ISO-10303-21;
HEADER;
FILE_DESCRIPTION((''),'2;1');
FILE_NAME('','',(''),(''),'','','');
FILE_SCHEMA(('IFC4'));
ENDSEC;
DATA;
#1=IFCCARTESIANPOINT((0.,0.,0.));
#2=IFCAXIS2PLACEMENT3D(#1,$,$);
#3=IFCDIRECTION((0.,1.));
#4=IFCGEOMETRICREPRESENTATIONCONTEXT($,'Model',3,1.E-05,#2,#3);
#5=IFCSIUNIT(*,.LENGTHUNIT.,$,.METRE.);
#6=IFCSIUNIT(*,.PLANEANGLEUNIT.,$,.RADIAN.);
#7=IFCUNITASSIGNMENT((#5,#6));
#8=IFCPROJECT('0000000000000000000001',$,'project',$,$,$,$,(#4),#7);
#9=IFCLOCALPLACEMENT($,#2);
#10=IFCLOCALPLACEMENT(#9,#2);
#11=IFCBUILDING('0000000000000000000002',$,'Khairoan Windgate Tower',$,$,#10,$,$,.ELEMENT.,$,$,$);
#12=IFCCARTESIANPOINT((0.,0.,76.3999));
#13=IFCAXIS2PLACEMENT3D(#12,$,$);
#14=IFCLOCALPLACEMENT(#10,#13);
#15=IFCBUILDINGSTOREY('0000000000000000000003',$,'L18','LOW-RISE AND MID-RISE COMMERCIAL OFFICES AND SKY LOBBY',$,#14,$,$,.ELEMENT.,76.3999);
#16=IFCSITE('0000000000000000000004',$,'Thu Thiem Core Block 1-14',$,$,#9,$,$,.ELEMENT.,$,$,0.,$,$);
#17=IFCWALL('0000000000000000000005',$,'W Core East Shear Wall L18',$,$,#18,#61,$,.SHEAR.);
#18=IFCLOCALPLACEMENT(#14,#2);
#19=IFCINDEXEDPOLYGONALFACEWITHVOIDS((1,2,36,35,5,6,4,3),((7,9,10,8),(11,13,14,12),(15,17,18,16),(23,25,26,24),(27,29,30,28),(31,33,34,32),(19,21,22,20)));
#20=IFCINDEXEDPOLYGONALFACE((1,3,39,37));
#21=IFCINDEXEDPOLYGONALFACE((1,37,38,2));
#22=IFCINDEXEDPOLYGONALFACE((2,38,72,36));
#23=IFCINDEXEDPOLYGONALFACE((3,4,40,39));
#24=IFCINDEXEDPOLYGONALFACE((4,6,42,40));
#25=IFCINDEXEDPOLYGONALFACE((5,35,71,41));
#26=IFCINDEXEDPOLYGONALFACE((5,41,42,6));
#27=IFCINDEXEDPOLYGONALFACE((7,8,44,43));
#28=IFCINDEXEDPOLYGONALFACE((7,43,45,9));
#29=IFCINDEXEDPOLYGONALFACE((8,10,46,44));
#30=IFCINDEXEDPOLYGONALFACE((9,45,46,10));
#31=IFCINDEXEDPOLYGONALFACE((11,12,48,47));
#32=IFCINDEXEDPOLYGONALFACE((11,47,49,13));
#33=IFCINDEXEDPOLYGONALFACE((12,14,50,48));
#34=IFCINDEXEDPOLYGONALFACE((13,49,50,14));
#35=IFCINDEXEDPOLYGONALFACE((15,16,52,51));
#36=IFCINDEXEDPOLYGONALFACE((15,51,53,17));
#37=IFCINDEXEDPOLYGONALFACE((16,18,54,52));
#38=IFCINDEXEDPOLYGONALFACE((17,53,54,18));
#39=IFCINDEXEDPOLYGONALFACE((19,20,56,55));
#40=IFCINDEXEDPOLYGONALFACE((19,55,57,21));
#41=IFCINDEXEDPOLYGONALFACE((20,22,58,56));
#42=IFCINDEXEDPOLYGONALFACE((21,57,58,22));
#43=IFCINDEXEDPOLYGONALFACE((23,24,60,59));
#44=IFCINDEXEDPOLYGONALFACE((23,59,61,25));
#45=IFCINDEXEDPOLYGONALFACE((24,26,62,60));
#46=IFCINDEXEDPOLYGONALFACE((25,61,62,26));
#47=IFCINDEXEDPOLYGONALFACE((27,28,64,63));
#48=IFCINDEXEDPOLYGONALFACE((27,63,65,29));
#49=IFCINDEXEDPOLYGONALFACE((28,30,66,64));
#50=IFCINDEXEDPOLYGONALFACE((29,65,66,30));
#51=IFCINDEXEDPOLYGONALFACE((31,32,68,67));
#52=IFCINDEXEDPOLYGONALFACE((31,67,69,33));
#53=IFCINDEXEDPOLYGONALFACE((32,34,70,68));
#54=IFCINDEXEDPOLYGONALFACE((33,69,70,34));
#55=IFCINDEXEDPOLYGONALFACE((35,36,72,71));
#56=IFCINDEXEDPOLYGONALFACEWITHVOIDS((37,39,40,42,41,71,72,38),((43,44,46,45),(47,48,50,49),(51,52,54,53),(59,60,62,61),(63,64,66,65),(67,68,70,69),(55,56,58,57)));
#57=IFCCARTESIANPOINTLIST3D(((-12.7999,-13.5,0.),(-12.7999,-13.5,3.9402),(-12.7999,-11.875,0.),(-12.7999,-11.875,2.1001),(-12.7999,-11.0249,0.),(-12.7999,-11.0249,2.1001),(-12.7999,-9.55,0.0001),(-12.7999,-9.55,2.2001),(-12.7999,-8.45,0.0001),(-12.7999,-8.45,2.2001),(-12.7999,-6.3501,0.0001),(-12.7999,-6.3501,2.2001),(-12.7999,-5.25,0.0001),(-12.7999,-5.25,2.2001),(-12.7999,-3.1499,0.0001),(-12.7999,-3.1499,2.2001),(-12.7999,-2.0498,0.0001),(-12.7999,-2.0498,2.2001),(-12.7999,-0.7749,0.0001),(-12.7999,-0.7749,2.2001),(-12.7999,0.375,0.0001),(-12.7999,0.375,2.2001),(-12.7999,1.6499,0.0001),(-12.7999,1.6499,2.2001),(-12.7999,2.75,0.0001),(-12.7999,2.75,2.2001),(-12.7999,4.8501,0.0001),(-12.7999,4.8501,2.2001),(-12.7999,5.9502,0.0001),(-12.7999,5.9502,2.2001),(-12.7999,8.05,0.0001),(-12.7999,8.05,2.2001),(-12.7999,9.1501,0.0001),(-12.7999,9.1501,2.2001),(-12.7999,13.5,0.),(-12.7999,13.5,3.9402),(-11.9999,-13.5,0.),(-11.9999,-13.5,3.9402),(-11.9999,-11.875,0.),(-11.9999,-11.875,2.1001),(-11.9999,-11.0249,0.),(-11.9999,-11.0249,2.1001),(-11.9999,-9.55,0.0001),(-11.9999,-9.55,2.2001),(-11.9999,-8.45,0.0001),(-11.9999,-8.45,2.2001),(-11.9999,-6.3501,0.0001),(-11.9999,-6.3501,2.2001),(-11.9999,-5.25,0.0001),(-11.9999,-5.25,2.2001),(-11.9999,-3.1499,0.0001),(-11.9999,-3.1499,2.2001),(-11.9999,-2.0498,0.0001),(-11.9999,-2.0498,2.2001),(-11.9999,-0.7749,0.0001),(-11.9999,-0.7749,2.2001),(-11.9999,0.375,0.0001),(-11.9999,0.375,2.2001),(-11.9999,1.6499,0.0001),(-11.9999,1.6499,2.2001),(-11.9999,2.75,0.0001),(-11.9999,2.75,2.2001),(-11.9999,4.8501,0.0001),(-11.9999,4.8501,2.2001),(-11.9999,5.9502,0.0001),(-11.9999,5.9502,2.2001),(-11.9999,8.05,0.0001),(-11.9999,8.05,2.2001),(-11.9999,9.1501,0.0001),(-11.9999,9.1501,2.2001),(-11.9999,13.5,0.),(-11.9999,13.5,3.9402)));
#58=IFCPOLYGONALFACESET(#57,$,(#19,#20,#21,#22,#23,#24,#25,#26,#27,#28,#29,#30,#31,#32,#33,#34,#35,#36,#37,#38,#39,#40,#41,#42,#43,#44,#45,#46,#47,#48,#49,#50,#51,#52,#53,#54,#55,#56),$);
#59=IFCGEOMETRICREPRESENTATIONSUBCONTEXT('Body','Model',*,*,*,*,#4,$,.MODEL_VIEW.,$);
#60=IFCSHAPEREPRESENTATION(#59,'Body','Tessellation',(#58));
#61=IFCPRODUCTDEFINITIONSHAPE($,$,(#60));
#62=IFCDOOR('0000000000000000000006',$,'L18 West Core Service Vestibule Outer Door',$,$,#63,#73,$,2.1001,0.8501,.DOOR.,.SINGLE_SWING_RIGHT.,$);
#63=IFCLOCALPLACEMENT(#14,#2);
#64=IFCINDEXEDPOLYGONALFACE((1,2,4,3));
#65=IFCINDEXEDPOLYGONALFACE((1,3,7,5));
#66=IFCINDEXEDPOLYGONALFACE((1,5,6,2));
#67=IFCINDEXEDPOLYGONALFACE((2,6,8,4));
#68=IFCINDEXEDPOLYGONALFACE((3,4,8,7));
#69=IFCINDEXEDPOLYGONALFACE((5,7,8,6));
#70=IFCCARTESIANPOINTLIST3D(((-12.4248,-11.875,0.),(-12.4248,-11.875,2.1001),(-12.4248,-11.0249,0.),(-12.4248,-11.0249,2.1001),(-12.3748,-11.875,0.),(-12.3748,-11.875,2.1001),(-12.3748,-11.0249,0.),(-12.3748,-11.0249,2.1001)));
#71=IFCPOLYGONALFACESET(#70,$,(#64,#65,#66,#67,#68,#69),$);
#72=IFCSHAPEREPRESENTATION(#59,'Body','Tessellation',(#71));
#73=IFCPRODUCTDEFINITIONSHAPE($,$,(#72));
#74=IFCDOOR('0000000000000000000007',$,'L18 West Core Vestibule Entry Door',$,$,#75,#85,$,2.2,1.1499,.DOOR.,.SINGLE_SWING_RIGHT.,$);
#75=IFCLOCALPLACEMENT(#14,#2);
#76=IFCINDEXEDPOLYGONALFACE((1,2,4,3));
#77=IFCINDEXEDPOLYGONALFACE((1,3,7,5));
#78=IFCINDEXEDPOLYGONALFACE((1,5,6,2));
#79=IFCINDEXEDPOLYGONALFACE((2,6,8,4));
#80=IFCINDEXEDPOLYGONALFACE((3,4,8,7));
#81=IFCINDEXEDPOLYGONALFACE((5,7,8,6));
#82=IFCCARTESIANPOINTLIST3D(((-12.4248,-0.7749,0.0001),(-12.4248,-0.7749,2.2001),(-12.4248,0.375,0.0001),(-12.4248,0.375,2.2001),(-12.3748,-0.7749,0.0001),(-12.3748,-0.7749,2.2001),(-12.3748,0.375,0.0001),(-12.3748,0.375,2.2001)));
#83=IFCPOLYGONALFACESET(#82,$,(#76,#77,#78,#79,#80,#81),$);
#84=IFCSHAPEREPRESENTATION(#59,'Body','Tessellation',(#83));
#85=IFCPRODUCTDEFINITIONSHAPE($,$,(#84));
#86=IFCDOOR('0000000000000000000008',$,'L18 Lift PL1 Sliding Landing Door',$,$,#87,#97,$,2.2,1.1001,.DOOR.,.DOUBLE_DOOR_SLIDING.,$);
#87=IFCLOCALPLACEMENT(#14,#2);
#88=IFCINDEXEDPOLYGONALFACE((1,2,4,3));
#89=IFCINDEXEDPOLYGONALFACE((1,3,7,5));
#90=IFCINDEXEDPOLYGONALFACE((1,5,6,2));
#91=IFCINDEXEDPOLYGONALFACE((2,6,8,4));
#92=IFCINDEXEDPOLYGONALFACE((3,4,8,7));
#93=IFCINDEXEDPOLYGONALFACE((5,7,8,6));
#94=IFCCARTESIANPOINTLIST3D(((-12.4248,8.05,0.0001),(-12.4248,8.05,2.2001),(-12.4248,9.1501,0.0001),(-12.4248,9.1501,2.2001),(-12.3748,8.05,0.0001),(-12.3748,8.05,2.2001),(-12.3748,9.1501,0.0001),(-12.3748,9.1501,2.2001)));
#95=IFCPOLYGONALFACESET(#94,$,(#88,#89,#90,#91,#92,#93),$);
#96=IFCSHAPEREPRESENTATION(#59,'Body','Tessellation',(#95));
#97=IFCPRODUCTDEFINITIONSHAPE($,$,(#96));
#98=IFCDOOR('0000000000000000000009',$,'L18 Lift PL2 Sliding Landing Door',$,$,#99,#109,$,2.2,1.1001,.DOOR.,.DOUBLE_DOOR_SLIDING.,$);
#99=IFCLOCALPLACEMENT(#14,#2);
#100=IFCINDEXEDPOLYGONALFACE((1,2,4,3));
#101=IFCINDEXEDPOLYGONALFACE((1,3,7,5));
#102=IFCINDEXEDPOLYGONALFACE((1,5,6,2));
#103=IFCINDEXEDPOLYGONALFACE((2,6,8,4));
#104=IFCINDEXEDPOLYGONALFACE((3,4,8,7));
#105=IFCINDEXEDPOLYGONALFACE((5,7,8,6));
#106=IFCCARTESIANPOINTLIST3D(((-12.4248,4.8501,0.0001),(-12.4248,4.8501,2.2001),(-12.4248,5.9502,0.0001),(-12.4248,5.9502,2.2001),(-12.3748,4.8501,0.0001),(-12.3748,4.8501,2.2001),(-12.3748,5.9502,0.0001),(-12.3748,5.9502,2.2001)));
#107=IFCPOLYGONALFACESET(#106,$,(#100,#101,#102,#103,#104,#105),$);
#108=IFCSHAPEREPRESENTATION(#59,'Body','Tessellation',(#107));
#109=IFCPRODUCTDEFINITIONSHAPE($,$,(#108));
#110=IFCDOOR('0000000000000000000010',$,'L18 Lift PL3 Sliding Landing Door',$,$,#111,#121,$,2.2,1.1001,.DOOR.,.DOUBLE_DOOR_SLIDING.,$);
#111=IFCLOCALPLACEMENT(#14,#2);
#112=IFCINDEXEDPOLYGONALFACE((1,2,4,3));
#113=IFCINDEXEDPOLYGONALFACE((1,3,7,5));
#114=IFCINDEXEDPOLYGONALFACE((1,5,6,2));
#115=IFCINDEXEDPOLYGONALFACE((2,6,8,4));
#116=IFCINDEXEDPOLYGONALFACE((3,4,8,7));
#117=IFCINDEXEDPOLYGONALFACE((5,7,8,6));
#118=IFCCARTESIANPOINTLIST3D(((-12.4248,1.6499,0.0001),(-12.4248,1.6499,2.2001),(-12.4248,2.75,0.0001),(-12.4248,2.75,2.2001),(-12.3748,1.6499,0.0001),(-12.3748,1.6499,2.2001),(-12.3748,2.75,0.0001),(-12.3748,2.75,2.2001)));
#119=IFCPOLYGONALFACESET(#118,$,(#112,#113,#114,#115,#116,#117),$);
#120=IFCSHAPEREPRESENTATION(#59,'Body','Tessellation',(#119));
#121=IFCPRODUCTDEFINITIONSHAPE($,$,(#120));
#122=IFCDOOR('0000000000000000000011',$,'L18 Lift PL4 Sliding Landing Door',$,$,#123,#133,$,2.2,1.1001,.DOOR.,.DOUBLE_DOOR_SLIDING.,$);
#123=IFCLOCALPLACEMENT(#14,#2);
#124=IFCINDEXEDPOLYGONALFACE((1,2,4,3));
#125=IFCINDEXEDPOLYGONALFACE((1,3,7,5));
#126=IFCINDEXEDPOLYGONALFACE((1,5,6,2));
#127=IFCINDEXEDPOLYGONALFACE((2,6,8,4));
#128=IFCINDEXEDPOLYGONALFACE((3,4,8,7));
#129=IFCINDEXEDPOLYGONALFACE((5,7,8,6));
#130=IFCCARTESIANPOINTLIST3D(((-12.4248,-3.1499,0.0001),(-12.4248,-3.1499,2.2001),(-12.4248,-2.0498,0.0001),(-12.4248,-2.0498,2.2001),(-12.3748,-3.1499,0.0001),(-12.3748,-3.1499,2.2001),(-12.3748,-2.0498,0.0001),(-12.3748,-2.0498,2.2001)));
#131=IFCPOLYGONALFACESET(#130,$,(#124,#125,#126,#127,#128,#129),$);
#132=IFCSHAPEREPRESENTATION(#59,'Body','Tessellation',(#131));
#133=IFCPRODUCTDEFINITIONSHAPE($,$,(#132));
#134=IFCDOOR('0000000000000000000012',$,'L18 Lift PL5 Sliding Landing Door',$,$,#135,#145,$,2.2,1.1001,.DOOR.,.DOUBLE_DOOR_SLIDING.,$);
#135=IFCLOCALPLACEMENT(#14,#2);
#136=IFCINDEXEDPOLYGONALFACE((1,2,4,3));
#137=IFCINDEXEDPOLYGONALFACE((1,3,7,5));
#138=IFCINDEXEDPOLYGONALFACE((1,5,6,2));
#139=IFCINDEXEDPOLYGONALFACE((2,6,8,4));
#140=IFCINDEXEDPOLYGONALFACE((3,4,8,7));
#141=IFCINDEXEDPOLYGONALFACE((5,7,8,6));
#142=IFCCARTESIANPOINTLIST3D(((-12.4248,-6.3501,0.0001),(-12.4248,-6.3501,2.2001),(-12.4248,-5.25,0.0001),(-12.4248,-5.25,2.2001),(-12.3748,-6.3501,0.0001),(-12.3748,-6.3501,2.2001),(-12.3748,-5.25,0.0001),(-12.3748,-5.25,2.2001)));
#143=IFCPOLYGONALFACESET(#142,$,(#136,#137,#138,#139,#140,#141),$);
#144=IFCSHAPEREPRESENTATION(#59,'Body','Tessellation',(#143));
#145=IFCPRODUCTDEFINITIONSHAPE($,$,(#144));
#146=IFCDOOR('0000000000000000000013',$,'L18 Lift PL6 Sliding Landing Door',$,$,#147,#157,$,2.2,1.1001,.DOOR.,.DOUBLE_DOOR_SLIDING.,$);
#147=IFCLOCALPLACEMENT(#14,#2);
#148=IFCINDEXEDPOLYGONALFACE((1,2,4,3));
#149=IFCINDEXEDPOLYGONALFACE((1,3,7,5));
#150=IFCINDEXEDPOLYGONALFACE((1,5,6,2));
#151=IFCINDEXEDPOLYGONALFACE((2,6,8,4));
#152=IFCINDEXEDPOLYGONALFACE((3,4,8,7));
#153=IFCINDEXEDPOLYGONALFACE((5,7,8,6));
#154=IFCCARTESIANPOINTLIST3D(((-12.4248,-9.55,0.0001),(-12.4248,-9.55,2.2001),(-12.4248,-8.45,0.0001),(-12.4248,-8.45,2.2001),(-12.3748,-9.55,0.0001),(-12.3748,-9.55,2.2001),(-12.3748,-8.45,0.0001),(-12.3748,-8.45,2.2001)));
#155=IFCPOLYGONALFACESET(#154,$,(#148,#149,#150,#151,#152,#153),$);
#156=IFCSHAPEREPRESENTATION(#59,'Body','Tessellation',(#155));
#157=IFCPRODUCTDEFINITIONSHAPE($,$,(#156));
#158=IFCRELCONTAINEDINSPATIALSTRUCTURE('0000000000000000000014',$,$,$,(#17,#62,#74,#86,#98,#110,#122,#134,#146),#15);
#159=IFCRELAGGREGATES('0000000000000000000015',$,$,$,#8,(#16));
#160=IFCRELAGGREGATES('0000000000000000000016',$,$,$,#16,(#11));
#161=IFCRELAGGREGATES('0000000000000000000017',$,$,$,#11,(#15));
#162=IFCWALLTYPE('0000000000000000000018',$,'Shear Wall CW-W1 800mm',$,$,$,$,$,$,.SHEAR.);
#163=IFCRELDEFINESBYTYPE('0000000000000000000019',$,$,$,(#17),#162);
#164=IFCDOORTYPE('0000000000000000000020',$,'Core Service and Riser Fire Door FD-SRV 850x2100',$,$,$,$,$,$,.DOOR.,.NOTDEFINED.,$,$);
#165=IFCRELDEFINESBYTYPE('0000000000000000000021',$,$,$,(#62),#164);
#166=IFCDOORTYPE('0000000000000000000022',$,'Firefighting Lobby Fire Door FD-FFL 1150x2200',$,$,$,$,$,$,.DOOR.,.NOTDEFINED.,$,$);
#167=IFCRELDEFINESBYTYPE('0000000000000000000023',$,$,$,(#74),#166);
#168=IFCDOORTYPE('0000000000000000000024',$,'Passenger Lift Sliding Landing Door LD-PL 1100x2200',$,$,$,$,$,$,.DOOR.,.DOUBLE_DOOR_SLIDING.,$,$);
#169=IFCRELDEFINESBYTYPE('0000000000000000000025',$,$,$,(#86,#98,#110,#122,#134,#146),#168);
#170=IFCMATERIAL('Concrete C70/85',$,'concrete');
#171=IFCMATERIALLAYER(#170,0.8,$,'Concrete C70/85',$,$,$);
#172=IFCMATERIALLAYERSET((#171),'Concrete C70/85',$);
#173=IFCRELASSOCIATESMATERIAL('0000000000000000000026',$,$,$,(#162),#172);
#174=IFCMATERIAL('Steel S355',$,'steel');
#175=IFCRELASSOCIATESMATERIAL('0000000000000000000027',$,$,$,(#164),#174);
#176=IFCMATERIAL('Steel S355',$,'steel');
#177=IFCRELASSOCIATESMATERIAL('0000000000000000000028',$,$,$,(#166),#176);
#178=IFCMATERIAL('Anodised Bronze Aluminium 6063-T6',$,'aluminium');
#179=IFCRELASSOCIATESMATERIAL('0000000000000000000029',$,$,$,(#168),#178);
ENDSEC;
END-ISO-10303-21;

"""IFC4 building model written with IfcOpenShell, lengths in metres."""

from ifc_helpers import new_model, si_unit, direction, frame, frame_2d, origin, place, context, subcontext, project, spatial, rectangle, extrude, material, layer, layer_set, type_object, element, fill, save


model = new_model("IFC4")

# Units and contexts
model_context = context("Model", 3, precision=1e-05, world=origin(), true_north=direction((0.0, 1.0)))
body_context = subcontext(model_context, "Body", "Model", "MODEL_VIEW")
ifc_project = project(units=[si_unit("LENGTHUNIT", "METRE"), si_unit("PLANEANGLEUNIT", "RADIAN")], contexts=[model_context])

# Site, building, storey
site_placement = place(None, origin())
site = spatial("IfcSite", under=ifc_project, at=site_placement, Name="Thu Thiem Core Block 1-14", CompositionType="ELEMENT", RefElevation=0.0)
building_placement = place(site_placement, origin())
building = spatial("IfcBuilding", under=site, at=building_placement, Name="Khairoan Windgate Tower", CompositionType="ELEMENT")
storey_placement = place(building_placement, frame((0.0, 0.0, 76.3999)))
storey = spatial("IfcBuildingStorey", under=building, at=storey_placement, Name="L18", Description="LOW-RISE AND MID-RISE COMMERCIAL OFFICES AND SKY LOBBY", CompositionType="ELEMENT", Elevation=76.3999)

# Wall, openings, doors
ifc_material_1 = material(Name="Concrete C70/85", Category="concrete")
ifc_layer_1 = layer(ifc_material_1, 0.8, Name="Concrete C70/85")
ifc_layer_set_1 = layer_set([ifc_layer_1], Name="Concrete C70/85")
wall_type_1 = type_object("IfcWallType", Name="Shear Wall CW-W1 800mm", PredefinedType="SHEAR", material=ifc_layer_set_1)
wall_1_placement = place(storey_placement, frame((-12.3999, -13.5, 0.0), z_axis=(0.0, 0.0, 1.0), x_axis=(0.0, 1.0, 0.0)))
wall_1 = element("IfcWall", 1, at=wall_1_placement, inside=storey, type_object=wall_type_1, Name="W Core East Shear Wall L18", PredefinedType="SHEAR", context=body_context, shape_type="SweptSolid", body=[
    extrude(rectangle(XDim=27.0, YDim=0.8, at=frame_2d((13.5, 0.0))), origin(), (0.0, 0.0, 1.0), 3.9402),
])
opening_1_placement = place(wall_1_placement, frame((21.55, 0.0, 0.0)))
opening_1 = element("IfcOpeningElement", 2, at=opening_1_placement, cuts=wall_1, PredefinedType="OPENING", context=body_context, shape_type="SweptSolid", body=[
    extrude(rectangle(XDim=1.1001, YDim=2.2, at=frame_2d((0.55, 1.1001))), frame((0.0, 0.4099, 0.0), z_axis=(0.0, -1.0, 0.0), x_axis=(1.0, 0.0, 0.0)), (0.0, 0.0, 1.0), 0.8201),
])
opening_2_placement = place(wall_1_placement, frame((18.3501, 0.0, 0.0)))
opening_2 = element("IfcOpeningElement", 3, at=opening_2_placement, cuts=wall_1, PredefinedType="OPENING", context=body_context, shape_type="SweptSolid", body=[
    extrude(rectangle(XDim=1.1001, YDim=2.2, at=frame_2d((0.55, 1.1001))), frame((0.0, 0.4099, 0.0), z_axis=(0.0, -1.0, 0.0), x_axis=(1.0, 0.0, 0.0)), (0.0, 0.0, 1.0), 0.8201),
])
opening_3_placement = place(wall_1_placement, frame((15.1499, 0.0, 0.0)))
opening_3 = element("IfcOpeningElement", 4, at=opening_3_placement, cuts=wall_1, PredefinedType="OPENING", context=body_context, shape_type="SweptSolid", body=[
    extrude(rectangle(XDim=1.1001, YDim=2.2, at=frame_2d((0.55, 1.1001))), frame((0.0, 0.4099, 0.0), z_axis=(0.0, -1.0, 0.0), x_axis=(1.0, 0.0, 0.0)), (0.0, 0.0, 1.0), 0.8201),
])
opening_4_placement = place(wall_1_placement, frame((10.3501, 0.0, 0.0)))
opening_4 = element("IfcOpeningElement", 5, at=opening_4_placement, cuts=wall_1, PredefinedType="OPENING", context=body_context, shape_type="SweptSolid", body=[
    extrude(rectangle(XDim=1.1001, YDim=2.2, at=frame_2d((0.55, 1.1001))), frame((0.0, 0.4099, 0.0), z_axis=(0.0, -1.0, 0.0), x_axis=(1.0, 0.0, 0.0)), (0.0, 0.0, 1.0), 0.8201),
])
opening_5_placement = place(wall_1_placement, frame((7.1499, 0.0, 0.0)))
opening_5 = element("IfcOpeningElement", 6, at=opening_5_placement, cuts=wall_1, PredefinedType="OPENING", context=body_context, shape_type="SweptSolid", body=[
    extrude(rectangle(XDim=1.1001, YDim=2.2, at=frame_2d((0.55, 1.1001))), frame((0.0, 0.4099, 0.0), z_axis=(0.0, -1.0, 0.0), x_axis=(1.0, 0.0, 0.0)), (0.0, 0.0, 1.0), 0.8201),
])
opening_6_placement = place(wall_1_placement, frame((3.95, 0.0, 0.0)))
opening_6 = element("IfcOpeningElement", 7, at=opening_6_placement, cuts=wall_1, PredefinedType="OPENING", context=body_context, shape_type="SweptSolid", body=[
    extrude(rectangle(XDim=1.1001, YDim=2.2, at=frame_2d((0.55, 1.1001))), frame((0.0, 0.4099, 0.0), z_axis=(0.0, -1.0, 0.0), x_axis=(1.0, 0.0, 0.0)), (0.0, 0.0, 1.0), 0.8201),
])
opening_7_placement = place(wall_1_placement, frame((12.7251, 0.0, 0.0)))
opening_7 = element("IfcOpeningElement", 8, at=opening_7_placement, cuts=wall_1, PredefinedType="OPENING", context=body_context, shape_type="SweptSolid", body=[
    extrude(rectangle(XDim=1.1499, YDim=2.2, at=frame_2d((0.575, 1.1001))), frame((0.0, 0.4099, 0.0), z_axis=(0.0, -1.0, 0.0), x_axis=(1.0, 0.0, 0.0)), (0.0, 0.0, 1.0), 0.8201),
])
opening_8_placement = place(wall_1_placement, frame((1.625, 0.0, 0.0)))
opening_8 = element("IfcOpeningElement", 9, at=opening_8_placement, cuts=wall_1, PredefinedType="OPENING", context=body_context, shape_type="SweptSolid", body=[
    extrude(rectangle(XDim=0.8501, YDim=2.1001, at=frame_2d((0.425, 1.05))), frame((0.0, 0.4099, 0.0), z_axis=(0.0, -1.0, 0.0), x_axis=(1.0, 0.0, 0.0)), (0.0, 0.0, 1.0), 0.8201),
])
ifc_material_2 = material(Name="Steel S355", Category="steel")
door_type_1 = type_object("IfcDoorType", Name="Core Service and Riser Fire Door FD-SRV 850x2100", OperationType="NOTDEFINED", PredefinedType="DOOR", material=ifc_material_2)
door_1_placement = place(opening_8_placement, origin())
door_1 = element("IfcDoor", 10, at=door_1_placement, inside=storey, type_object=door_type_1, Name="L18 West Core Service Vestibule Outer Door", OperationType="SINGLE_SWING_RIGHT", OverallHeight=2.1001, OverallWidth=0.8501, PredefinedType="DOOR", context=body_context, shape_type="SweptSolid", body=[
    extrude(rectangle(XDim=0.8501, YDim=2.1001, at=frame_2d((0.425, 1.05))), frame((0.0, 0.0249, 0.0), z_axis=(0.0, -1.0, 0.0), x_axis=(1.0, 0.0, 0.0)), (0.0, 0.0, 1.0), 0.05),
])
fill(opening_8, door_1)
ifc_material_3 = material(Name="Steel S355", Category="steel")
door_type_2 = type_object("IfcDoorType", Name="Firefighting Lobby Fire Door FD-FFL 1150x2200", OperationType="NOTDEFINED", PredefinedType="DOOR", material=ifc_material_3)
door_2_placement = place(opening_7_placement, origin())
door_2 = element("IfcDoor", 11, at=door_2_placement, inside=storey, type_object=door_type_2, Name="L18 West Core Vestibule Entry Door", OperationType="SINGLE_SWING_RIGHT", OverallHeight=2.2, OverallWidth=1.1499, PredefinedType="DOOR", context=body_context, shape_type="SweptSolid", body=[
    extrude(rectangle(XDim=1.1499, YDim=2.2, at=frame_2d((0.575, 1.1001))), frame((0.0, 0.0249, 0.0), z_axis=(0.0, -1.0, 0.0), x_axis=(1.0, 0.0, 0.0)), (0.0, 0.0, 1.0), 0.05),
])
fill(opening_7, door_2)
ifc_material_4 = material(Name="Anodised Bronze Aluminium 6063-T6", Category="aluminium")
door_type_3 = type_object("IfcDoorType", Name="Passenger Lift Sliding Landing Door LD-PL 1100x2200", OperationType="DOUBLE_DOOR_SLIDING", PredefinedType="DOOR", material=ifc_material_4)
door_3_placement = place(opening_1_placement, origin())
door_3 = element("IfcDoor", 12, at=door_3_placement, inside=storey, type_object=door_type_3, Name="L18 Lift PL1 Sliding Landing Door", OperationType="DOUBLE_DOOR_SLIDING", OverallHeight=2.2, OverallWidth=1.1001, PredefinedType="DOOR", context=body_context, shape_type="SweptSolid", body=[
    extrude(rectangle(XDim=1.1001, YDim=2.2, at=frame_2d((0.55, 1.1001))), frame((0.0, 0.0249, 0.0), z_axis=(0.0, -1.0, 0.0), x_axis=(1.0, 0.0, 0.0)), (0.0, 0.0, 1.0), 0.05),
])
fill(opening_1, door_3)
door_4_placement = place(opening_2_placement, origin())
door_4 = element("IfcDoor", 13, at=door_4_placement, inside=storey, type_object=door_type_3, Name="L18 Lift PL2 Sliding Landing Door", OperationType="DOUBLE_DOOR_SLIDING", OverallHeight=2.2, OverallWidth=1.1001, PredefinedType="DOOR", context=body_context, shape_type="SweptSolid", body=[
    extrude(rectangle(XDim=1.1001, YDim=2.2, at=frame_2d((0.55, 1.1001))), frame((0.0, 0.0249, 0.0), z_axis=(0.0, -1.0, 0.0), x_axis=(1.0, 0.0, 0.0)), (0.0, 0.0, 1.0), 0.05),
])
fill(opening_2, door_4)
door_5_placement = place(opening_3_placement, origin())
door_5 = element("IfcDoor", 14, at=door_5_placement, inside=storey, type_object=door_type_3, Name="L18 Lift PL3 Sliding Landing Door", OperationType="DOUBLE_DOOR_SLIDING", OverallHeight=2.2, OverallWidth=1.1001, PredefinedType="DOOR", context=body_context, shape_type="SweptSolid", body=[
    extrude(rectangle(XDim=1.1001, YDim=2.2, at=frame_2d((0.55, 1.1001))), frame((0.0, 0.0249, 0.0), z_axis=(0.0, -1.0, 0.0), x_axis=(1.0, 0.0, 0.0)), (0.0, 0.0, 1.0), 0.05),
])
fill(opening_3, door_5)
door_6_placement = place(opening_4_placement, origin())
door_6 = element("IfcDoor", 15, at=door_6_placement, inside=storey, type_object=door_type_3, Name="L18 Lift PL4 Sliding Landing Door", OperationType="DOUBLE_DOOR_SLIDING", OverallHeight=2.2, OverallWidth=1.1001, PredefinedType="DOOR", context=body_context, shape_type="SweptSolid", body=[
    extrude(rectangle(XDim=1.1001, YDim=2.2, at=frame_2d((0.55, 1.1001))), frame((0.0, 0.0249, 0.0), z_axis=(0.0, -1.0, 0.0), x_axis=(1.0, 0.0, 0.0)), (0.0, 0.0, 1.0), 0.05),
])
fill(opening_4, door_6)
door_7_placement = place(opening_5_placement, origin())
door_7 = element("IfcDoor", 16, at=door_7_placement, inside=storey, type_object=door_type_3, Name="L18 Lift PL5 Sliding Landing Door", OperationType="DOUBLE_DOOR_SLIDING", OverallHeight=2.2, OverallWidth=1.1001, PredefinedType="DOOR", context=body_context, shape_type="SweptSolid", body=[
    extrude(rectangle(XDim=1.1001, YDim=2.2, at=frame_2d((0.55, 1.1001))), frame((0.0, 0.0249, 0.0), z_axis=(0.0, -1.0, 0.0), x_axis=(1.0, 0.0, 0.0)), (0.0, 0.0, 1.0), 0.05),
])
fill(opening_5, door_7)
door_8_placement = place(opening_6_placement, origin())
door_8 = element("IfcDoor", 17, at=door_8_placement, inside=storey, type_object=door_type_3, Name="L18 Lift PL6 Sliding Landing Door", OperationType="DOUBLE_DOOR_SLIDING", OverallHeight=2.2, OverallWidth=1.1001, PredefinedType="DOOR", context=body_context, shape_type="SweptSolid", body=[
    extrude(rectangle(XDim=1.1001, YDim=2.2, at=frame_2d((0.55, 1.1001))), frame((0.0, 0.0249, 0.0), z_axis=(0.0, -1.0, 0.0), x_axis=(1.0, 0.0, 0.0)), (0.0, 0.0, 1.0), 0.05),
])
fill(opening_6, door_8)

save(model, "model.ifc")
